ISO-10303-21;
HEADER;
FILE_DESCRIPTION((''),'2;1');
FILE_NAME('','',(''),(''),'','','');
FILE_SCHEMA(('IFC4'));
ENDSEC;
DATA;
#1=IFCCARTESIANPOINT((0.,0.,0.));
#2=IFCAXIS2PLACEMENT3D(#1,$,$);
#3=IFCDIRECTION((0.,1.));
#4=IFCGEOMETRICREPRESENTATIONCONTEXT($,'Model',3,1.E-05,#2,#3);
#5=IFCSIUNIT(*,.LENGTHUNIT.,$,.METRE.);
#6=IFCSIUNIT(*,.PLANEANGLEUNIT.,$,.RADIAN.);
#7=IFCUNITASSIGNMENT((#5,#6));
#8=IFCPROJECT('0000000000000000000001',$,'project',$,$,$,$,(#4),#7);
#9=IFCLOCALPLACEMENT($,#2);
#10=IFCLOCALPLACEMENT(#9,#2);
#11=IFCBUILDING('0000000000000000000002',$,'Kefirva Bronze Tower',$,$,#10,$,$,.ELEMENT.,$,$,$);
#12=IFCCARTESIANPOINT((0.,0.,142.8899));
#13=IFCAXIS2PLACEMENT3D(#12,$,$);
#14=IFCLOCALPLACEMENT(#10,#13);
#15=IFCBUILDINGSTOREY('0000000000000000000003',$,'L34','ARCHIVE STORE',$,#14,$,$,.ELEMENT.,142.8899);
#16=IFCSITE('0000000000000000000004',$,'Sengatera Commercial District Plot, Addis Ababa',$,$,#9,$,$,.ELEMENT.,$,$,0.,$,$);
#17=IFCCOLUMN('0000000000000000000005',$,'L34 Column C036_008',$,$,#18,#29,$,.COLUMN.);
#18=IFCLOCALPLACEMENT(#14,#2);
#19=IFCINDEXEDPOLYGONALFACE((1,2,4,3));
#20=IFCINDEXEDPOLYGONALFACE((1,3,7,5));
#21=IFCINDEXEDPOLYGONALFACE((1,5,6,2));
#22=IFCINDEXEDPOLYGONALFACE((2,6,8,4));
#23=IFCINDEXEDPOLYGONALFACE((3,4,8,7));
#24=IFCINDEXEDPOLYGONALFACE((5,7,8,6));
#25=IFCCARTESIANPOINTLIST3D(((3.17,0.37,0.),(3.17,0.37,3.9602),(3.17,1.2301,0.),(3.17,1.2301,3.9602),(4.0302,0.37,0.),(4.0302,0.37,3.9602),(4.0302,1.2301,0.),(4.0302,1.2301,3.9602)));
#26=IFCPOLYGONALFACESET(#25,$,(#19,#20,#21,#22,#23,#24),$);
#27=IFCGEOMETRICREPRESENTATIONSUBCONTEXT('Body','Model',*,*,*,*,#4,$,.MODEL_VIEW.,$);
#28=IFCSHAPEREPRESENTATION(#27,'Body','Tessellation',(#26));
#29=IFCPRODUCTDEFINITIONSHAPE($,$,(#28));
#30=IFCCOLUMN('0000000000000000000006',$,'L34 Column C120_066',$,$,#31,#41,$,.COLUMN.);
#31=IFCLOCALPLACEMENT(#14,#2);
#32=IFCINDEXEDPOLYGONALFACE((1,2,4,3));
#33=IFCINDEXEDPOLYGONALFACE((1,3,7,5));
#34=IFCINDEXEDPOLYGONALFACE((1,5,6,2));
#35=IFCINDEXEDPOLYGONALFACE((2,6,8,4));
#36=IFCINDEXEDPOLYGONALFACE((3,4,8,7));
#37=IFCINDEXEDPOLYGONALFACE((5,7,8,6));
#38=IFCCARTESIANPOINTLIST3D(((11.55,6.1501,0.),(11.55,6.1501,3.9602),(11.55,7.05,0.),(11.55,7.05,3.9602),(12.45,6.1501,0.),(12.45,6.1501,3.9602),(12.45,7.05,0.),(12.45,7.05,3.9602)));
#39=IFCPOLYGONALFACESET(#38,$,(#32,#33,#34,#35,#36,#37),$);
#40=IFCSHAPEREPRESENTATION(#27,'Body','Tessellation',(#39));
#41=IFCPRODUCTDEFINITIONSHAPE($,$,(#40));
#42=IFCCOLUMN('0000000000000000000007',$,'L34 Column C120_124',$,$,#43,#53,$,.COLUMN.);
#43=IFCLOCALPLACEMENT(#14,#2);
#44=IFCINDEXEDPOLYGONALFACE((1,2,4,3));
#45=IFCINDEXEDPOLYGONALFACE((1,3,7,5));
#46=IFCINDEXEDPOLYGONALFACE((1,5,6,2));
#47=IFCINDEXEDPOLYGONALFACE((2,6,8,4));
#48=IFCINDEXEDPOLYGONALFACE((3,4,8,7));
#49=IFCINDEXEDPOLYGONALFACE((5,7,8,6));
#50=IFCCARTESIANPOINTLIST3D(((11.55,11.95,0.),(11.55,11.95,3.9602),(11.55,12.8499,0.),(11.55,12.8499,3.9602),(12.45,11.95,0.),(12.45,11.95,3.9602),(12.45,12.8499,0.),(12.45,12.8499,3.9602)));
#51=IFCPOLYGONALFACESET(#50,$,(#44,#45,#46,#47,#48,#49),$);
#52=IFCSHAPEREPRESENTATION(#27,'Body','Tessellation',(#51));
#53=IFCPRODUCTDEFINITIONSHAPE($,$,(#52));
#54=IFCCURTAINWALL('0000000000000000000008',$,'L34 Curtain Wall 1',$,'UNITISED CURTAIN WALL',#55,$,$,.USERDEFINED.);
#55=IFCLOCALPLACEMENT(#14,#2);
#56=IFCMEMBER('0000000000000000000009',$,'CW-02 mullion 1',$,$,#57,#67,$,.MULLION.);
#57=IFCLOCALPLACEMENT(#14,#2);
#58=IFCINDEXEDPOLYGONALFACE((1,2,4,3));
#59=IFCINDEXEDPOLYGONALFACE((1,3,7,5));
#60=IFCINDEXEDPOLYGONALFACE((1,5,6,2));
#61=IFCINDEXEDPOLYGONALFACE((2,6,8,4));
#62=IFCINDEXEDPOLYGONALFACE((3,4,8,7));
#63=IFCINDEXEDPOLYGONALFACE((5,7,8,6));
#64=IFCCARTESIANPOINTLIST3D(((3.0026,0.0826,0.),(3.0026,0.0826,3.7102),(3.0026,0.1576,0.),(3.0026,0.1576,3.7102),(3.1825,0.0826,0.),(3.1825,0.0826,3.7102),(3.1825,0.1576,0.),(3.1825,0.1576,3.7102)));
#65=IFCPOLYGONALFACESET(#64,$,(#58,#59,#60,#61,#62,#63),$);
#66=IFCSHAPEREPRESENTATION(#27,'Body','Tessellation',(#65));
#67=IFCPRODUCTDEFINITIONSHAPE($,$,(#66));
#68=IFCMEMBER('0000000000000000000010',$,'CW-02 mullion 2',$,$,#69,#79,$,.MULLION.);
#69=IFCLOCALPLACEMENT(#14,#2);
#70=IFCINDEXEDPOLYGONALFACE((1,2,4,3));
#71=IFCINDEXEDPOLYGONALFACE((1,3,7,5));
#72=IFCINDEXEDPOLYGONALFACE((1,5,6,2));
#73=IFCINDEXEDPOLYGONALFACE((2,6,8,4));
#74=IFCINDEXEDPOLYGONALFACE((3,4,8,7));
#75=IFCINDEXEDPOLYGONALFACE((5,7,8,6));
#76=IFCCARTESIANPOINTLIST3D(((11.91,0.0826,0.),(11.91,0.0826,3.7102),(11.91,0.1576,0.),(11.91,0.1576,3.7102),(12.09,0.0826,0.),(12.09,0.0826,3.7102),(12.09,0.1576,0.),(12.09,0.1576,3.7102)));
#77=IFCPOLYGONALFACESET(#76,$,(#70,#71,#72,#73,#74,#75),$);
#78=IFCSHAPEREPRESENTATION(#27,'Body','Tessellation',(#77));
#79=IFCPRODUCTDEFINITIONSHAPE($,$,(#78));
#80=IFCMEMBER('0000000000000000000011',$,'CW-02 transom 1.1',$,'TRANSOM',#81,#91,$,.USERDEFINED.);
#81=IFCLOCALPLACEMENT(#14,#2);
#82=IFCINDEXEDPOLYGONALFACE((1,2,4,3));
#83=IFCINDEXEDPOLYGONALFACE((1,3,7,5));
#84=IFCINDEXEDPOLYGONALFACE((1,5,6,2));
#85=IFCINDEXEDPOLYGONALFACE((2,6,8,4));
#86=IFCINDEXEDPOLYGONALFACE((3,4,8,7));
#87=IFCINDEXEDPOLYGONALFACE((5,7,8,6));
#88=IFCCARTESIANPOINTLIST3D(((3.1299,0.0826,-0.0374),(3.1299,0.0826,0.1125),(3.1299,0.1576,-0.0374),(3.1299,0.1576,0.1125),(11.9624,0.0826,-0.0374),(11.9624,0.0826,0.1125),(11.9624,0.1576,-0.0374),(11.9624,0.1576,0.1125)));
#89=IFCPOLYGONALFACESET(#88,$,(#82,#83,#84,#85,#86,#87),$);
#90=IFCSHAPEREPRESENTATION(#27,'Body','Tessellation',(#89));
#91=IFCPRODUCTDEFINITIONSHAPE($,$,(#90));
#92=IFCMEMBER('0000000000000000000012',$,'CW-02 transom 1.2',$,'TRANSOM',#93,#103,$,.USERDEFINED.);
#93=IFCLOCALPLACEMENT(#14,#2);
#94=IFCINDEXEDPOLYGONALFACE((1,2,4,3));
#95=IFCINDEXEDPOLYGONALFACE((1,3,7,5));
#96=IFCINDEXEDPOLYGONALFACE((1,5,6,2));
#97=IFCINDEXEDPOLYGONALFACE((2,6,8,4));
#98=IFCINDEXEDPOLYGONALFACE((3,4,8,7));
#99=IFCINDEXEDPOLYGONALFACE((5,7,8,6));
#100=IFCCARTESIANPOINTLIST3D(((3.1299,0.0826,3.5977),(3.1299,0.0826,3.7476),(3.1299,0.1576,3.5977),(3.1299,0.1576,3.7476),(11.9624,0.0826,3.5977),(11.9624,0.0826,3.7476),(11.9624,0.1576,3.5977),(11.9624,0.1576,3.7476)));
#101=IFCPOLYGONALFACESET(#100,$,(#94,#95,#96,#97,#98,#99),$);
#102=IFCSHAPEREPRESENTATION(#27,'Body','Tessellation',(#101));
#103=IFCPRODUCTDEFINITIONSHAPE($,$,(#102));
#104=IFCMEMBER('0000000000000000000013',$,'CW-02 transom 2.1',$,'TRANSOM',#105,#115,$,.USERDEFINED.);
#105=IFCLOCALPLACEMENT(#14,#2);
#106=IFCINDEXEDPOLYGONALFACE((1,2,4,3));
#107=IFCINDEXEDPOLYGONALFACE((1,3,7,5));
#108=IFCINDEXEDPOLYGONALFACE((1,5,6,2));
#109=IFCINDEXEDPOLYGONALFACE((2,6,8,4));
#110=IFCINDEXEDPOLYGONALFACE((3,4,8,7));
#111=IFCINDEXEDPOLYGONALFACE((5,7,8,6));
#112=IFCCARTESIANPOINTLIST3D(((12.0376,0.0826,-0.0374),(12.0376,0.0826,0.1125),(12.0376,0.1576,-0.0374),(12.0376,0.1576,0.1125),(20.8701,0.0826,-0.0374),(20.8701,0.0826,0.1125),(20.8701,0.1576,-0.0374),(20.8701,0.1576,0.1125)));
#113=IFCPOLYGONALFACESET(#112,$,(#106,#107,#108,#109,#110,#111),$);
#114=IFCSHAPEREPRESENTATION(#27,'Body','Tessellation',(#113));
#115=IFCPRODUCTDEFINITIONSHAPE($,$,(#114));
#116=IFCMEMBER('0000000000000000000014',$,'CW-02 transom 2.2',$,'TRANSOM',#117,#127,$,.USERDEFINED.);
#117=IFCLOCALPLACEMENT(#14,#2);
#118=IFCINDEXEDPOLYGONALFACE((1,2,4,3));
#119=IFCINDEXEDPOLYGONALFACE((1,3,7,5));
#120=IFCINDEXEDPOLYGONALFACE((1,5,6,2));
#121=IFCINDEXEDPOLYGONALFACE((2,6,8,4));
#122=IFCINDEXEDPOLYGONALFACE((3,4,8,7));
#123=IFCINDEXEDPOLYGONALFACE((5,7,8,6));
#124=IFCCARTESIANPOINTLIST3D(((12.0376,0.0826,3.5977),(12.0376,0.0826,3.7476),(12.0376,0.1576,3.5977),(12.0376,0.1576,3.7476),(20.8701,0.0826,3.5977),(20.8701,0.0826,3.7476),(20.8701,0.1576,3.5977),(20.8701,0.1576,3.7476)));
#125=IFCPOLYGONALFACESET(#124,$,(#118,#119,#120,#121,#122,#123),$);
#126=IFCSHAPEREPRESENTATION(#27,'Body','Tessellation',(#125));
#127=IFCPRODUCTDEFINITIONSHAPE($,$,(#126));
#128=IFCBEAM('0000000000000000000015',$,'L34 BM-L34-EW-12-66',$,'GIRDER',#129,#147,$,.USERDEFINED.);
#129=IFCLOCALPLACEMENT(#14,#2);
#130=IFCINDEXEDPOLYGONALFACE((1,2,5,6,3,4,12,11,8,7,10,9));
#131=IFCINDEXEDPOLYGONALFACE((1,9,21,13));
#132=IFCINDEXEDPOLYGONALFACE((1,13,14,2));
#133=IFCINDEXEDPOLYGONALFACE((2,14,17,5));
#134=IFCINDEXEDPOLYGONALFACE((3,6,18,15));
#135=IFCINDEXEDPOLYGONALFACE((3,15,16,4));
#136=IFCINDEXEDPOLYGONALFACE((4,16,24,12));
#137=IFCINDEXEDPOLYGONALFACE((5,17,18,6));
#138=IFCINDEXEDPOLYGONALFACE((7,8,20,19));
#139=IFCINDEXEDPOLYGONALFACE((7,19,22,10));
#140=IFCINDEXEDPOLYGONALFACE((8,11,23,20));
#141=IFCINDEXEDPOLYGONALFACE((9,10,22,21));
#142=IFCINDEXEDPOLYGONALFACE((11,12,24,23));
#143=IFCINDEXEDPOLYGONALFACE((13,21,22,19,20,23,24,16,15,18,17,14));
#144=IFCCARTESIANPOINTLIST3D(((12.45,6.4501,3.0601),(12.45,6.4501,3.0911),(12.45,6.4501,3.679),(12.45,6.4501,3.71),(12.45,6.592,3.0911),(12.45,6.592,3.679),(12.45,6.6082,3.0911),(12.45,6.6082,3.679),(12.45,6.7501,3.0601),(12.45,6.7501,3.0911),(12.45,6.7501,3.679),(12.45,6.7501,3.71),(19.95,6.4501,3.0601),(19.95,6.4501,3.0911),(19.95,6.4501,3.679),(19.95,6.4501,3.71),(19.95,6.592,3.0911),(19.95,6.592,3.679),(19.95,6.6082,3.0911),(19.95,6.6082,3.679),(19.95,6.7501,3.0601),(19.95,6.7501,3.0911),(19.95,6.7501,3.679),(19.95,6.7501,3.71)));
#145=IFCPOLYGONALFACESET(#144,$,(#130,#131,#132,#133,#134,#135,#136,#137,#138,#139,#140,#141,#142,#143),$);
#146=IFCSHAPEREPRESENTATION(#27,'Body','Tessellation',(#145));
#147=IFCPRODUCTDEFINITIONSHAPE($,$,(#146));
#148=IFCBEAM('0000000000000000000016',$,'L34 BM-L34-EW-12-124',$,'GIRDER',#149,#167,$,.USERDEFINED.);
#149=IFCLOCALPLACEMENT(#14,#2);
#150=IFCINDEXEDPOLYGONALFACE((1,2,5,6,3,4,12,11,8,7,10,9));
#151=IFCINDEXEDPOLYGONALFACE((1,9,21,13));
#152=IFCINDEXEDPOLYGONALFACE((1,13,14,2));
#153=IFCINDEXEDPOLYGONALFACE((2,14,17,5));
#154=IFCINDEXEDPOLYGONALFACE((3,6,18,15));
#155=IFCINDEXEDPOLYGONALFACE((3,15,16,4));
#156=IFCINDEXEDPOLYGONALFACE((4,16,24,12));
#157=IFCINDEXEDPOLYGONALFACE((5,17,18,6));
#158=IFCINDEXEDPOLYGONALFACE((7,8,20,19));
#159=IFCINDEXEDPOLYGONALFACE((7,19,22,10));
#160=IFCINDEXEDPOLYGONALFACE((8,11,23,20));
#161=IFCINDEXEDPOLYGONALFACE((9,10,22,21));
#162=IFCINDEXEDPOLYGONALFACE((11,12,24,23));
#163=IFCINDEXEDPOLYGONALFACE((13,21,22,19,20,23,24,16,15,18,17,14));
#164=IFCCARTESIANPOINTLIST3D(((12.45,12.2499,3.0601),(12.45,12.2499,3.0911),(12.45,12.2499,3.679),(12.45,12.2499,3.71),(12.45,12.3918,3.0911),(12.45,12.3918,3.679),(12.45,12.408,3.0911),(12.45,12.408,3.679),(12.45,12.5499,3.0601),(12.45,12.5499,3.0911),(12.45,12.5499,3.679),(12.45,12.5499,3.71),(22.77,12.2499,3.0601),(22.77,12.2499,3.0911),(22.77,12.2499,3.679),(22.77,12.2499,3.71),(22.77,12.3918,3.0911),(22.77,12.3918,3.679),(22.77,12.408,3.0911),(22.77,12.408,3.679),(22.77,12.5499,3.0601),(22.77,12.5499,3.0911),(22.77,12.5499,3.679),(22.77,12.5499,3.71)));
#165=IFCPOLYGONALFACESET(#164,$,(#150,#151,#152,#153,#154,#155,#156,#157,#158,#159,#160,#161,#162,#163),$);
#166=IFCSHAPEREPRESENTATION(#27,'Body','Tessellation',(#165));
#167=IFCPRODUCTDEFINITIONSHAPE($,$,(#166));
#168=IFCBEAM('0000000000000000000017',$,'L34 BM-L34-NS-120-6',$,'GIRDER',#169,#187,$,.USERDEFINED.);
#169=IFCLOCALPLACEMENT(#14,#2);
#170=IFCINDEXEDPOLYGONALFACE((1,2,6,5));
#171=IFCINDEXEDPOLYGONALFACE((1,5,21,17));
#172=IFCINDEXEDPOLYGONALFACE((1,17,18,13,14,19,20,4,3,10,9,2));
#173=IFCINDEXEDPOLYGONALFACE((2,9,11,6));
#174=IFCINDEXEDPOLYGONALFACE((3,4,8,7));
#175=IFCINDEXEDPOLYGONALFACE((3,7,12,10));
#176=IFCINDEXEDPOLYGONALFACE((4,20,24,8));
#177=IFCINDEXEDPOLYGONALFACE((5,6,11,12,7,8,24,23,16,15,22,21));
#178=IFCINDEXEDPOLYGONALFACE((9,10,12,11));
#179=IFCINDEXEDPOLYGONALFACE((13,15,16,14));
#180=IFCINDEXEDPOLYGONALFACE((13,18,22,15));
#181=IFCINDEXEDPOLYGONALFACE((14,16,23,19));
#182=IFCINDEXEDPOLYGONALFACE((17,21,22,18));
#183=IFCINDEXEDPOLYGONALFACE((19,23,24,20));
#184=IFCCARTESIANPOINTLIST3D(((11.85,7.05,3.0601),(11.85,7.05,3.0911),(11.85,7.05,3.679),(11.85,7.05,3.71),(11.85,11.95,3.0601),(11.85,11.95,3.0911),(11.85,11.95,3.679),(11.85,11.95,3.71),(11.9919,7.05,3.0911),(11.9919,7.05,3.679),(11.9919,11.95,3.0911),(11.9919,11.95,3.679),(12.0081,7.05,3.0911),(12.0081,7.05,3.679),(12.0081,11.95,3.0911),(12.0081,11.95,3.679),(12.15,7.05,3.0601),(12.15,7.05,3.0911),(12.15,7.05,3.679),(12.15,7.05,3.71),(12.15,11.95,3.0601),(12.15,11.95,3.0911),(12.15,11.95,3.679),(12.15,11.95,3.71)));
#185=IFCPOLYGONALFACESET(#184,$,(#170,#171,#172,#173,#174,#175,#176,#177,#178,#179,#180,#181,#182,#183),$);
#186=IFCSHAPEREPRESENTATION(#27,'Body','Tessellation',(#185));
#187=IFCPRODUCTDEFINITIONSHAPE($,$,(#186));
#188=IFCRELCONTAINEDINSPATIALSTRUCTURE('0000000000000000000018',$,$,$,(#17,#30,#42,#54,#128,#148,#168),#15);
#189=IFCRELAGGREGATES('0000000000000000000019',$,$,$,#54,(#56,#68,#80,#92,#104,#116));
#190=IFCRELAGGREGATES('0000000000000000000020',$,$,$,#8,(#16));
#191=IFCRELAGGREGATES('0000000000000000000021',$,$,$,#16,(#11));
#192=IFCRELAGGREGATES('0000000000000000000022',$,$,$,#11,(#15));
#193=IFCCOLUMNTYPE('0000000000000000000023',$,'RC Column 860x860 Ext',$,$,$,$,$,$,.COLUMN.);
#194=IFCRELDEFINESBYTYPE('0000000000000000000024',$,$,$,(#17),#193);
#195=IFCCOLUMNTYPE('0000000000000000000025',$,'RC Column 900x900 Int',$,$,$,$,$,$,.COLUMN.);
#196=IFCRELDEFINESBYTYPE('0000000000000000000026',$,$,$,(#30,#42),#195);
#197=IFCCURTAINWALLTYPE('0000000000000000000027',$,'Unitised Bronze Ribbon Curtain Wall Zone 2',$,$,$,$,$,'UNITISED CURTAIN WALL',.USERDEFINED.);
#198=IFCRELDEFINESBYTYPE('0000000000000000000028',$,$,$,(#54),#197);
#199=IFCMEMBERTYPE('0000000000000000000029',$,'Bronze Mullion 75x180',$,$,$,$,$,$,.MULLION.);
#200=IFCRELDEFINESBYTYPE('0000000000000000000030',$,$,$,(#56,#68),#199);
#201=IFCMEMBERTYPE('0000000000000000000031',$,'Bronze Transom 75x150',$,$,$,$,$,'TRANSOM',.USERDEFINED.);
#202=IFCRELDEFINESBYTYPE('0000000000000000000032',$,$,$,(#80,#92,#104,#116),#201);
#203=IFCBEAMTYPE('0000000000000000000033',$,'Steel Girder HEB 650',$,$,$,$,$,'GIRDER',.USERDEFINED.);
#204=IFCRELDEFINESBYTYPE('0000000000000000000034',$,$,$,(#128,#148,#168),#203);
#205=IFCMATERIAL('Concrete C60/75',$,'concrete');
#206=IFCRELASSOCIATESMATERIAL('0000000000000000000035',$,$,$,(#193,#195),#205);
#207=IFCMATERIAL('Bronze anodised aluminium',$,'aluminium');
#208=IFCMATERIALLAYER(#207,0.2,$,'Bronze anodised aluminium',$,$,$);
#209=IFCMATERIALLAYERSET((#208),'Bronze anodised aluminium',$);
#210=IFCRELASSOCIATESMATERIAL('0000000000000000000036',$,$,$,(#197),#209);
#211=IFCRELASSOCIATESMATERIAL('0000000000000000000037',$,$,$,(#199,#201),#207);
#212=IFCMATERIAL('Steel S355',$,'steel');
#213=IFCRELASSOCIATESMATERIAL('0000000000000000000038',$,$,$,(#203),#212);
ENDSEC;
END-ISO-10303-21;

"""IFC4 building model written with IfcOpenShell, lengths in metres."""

from ifc_helpers import new_model, si_unit, direction, frame, origin, origin_2d, place, context, subcontext, project, spatial, rectangle, i_section, extrude, material, layer, layer_set, material_profile, profile_set, type_object, element, aggregate, save


model = new_model("IFC4")

# Units and contexts
model_context = context("Model", 3, precision=1e-05, world=origin(), true_north=direction((0.0, 1.0)))
body_context = subcontext(model_context, "Body", "Model", "MODEL_VIEW")
ifc_project = project(units=[si_unit("LENGTHUNIT", "METRE"), si_unit("PLANEANGLEUNIT", "RADIAN")], contexts=[model_context])

# Site, building, storey
site_placement = place(None, origin())
site = spatial("IfcSite", under=ifc_project, at=site_placement, Name="Sengatera Commercial District Plot, Addis Ababa", CompositionType="ELEMENT", RefElevation=0.0)
building_placement = place(site_placement, origin())
building = spatial("IfcBuilding", under=site, at=building_placement, Name="Kefirva Bronze Tower", CompositionType="ELEMENT")
storey_placement = place(building_placement, frame((0.0, 0.0, 142.8899)))
storey = spatial("IfcBuildingStorey", under=building, at=storey_placement, Name="L34", Description="ARCHIVE STORE", CompositionType="ELEMENT", Elevation=142.8899)

# Columns
ifc_material_1 = material(Name="Concrete C60/75", Category="concrete")
ifc_material_profile_1 = material_profile(ifc_material_1, rectangle(XDim=0.8601, YDim=0.8601, at=origin_2d()), Name="RC 860x860")
ifc_profile_set_1 = profile_set([ifc_material_profile_1], Name="Concrete C60/75")
column_type_1 = type_object("IfcColumnType", Name="RC Column 860x860 Ext", PredefinedType="COLUMN", material=ifc_profile_set_1)
column_placement = place(storey_placement, frame((3.6001, 0.8, 0.0), z_axis=(0.0, 0.0, 1.0), x_axis=(1.0, 0.0, 0.0)))
element("IfcColumn", 1, at=column_placement, inside=storey, type_object=column_type_1, Name="L34 Column C036_008", PredefinedType="COLUMN", context=body_context, shape_type="SweptSolid", body=[
    extrude(rectangle(XDim=0.8601, YDim=0.8601, at=origin_2d()), origin(), (0.0, 0.0, 1.0), 3.9602),
])
ifc_material_profile_2 = material_profile(ifc_material_1, rectangle(XDim=0.8999, YDim=0.8999, at=origin_2d()), Name="RC 900x900")
ifc_profile_set_2 = profile_set([ifc_material_profile_2], Name="Concrete C60/75")
column_type_2 = type_object("IfcColumnType", Name="RC Column 900x900 Int", PredefinedType="COLUMN", material=ifc_profile_set_2)
for number, where, z_axis, x_axis, name in (
    (2, (12.0, 6.6001, 0.0), (0.0, 0.0, 1.0), (1.0, 0.0, 0.0), "L34 Column C120_066"),
    (3, (12.0, 12.3999, 0.0), (0.0, 0.0, 1.0), (1.0, 0.0, 0.0), "L34 Column C120_124"),
):
    element("IfcColumn", number, at=place(storey_placement, frame(where, z_axis=z_axis, x_axis=x_axis)), inside=storey, type_object=column_type_2, Name=name, PredefinedType="COLUMN", context=body_context, shape_type="SweptSolid", body=[
        extrude(rectangle(XDim=0.8999, YDim=0.8999, at=origin_2d()), origin(), (0.0, 0.0, 1.0), 3.9602),
    ])

# Curtain wall, members
ifc_material_2 = material(Name="Bronze anodised aluminium", Category="aluminium")
ifc_layer_1 = layer(ifc_material_2, 0.2, Name="Bronze anodised aluminium")
ifc_layer_set_1 = layer_set([ifc_layer_1], Name="Bronze anodised aluminium")
curtain_wall_type = type_object("IfcCurtainWallType", Name="Unitised Bronze Ribbon Curtain Wall Zone 2", ElementType="UNITISED CURTAIN WALL", PredefinedType="USERDEFINED", material=ifc_layer_set_1)
curtain_wall_placement = place(storey_placement, origin())
curtain_wall = element("IfcCurtainWall", 4, at=curtain_wall_placement, inside=storey, type_object=curtain_wall_type, Name="L34 Curtain Wall 1", ObjectType="UNITISED CURTAIN WALL", PredefinedType="USERDEFINED")
ifc_material_profile_3 = material_profile(ifc_material_2, rectangle(XDim=0.075, YDim=0.1799, at=origin_2d()), Name="ALU 75x180")
ifc_profile_set_3 = profile_set([ifc_material_profile_3], Name="Bronze anodised aluminium")
member_type_1 = type_object("IfcMemberType", Name="Bronze Mullion 75x180", PredefinedType="MULLION", material=ifc_profile_set_3)
member_1_placement = place(storey_placement, frame((3.0925, 0.1201, 0.0), z_axis=(0.0, 0.0, 1.0), x_axis=(0.0, 1.0, 0.0)))
member_1 = element("IfcMember", 5, at=member_1_placement, type_object=member_type_1, Name="CW-02 mullion 1", PredefinedType="MULLION", context=body_context, shape_type="SweptSolid", body=[
    extrude(rectangle(XDim=0.075, YDim=0.1799, at=origin_2d()), origin(), (0.0, 0.0, 1.0), 3.7102),
])
member_2_placement = place(storey_placement, frame((12.0, 0.1201, 0.0), z_axis=(0.0, 0.0, 1.0), x_axis=(0.0, 1.0, 0.0)))
member_2 = element("IfcMember", 6, at=member_2_placement, type_object=member_type_1, Name="CW-02 mullion 2", PredefinedType="MULLION", context=body_context, shape_type="SweptSolid", body=[
    extrude(rectangle(XDim=0.075, YDim=0.1799, at=origin_2d()), origin(), (0.0, 0.0, 1.0), 3.7102),
])
ifc_material_profile_4 = material_profile(ifc_material_2, rectangle(XDim=0.075, YDim=0.1499, at=origin_2d()), Name="ALU 75x150")
ifc_profile_set_4 = profile_set([ifc_material_profile_4], Name="Bronze anodised aluminium")
member_type_2 = type_object("IfcMemberType", Name="Bronze Transom 75x150", ElementType="TRANSOM", PredefinedType="USERDEFINED", material=ifc_profile_set_4)
member_3_placement = place(storey_placement, frame((3.1299, 0.1201, 0.0376), z_axis=(1.0, 0.0, 0.0), x_axis=(0.0, 1.0, 0.0)))
member_3 = element("IfcMember", 7, at=member_3_placement, type_object=member_type_2, Name="CW-02 transom 1.1", ObjectType="TRANSOM", PredefinedType="USERDEFINED", context=body_context, shape_type="SweptSolid", body=[
    extrude(rectangle(XDim=0.075, YDim=0.1499, at=origin_2d()), origin(), (0.0, 0.0, 1.0), 8.8325),
])
member_4_placement = place(storey_placement, frame((3.1299, 0.1201, 3.6726), z_axis=(1.0, 0.0, 0.0), x_axis=(0.0, 1.0, 0.0)))
member_4 = element("IfcMember", 8, at=member_4_placement, type_object=member_type_2, Name="CW-02 transom 1.2", ObjectType="TRANSOM", PredefinedType="USERDEFINED", context=body_context, shape_type="SweptSolid", body=[
    extrude(rectangle(XDim=0.075, YDim=0.1499, at=origin_2d()), origin(), (0.0, 0.0, 1.0), 8.8325),
])
member_5_placement = place(storey_placement, frame((12.0376, 0.1201, 0.0376), z_axis=(1.0, 0.0, 0.0), x_axis=(0.0, 1.0, 0.0)))
member_5 = element("IfcMember", 9, at=member_5_placement, type_object=member_type_2, Name="CW-02 transom 2.1", ObjectType="TRANSOM", PredefinedType="USERDEFINED", context=body_context, shape_type="SweptSolid", body=[
    extrude(rectangle(XDim=0.075, YDim=0.1499, at=origin_2d()), origin(), (0.0, 0.0, 1.0), 8.8325),
])
member_6_placement = place(storey_placement, frame((12.0376, 0.1201, 3.6726), z_axis=(1.0, 0.0, 0.0), x_axis=(0.0, 1.0, 0.0)))
member_6 = element("IfcMember", 10, at=member_6_placement, type_object=member_type_2, Name="CW-02 transom 2.2", ObjectType="TRANSOM", PredefinedType="USERDEFINED", context=body_context, shape_type="SweptSolid", body=[
    extrude(rectangle(XDim=0.075, YDim=0.1499, at=origin_2d()), origin(), (0.0, 0.0, 1.0), 8.8325),
])

# Beams
ifc_material_3 = material(Name="Steel S355", Category="steel")
ifc_material_profile_5 = material_profile(ifc_material_3, i_section(OverallWidth=0.3, OverallDepth=0.6499, WebThickness=0.0161, FlangeThickness=0.031, at=origin_2d()), Name="HEB 650")
ifc_profile_set_5 = profile_set([ifc_material_profile_5], Name="Steel S355")
beam_type_1 = type_object("IfcBeamType", Name="Steel Girder HEB 650", ElementType="GIRDER", PredefinedType="USERDEFINED", material=ifc_profile_set_5)
beam_1_placement = place(storey_placement, frame((12.45, 6.6001, 3.385), z_axis=(1.0, 0.0, 0.0), x_axis=(0.0, 1.0, 0.0)))
element("IfcBeam", 11, at=beam_1_placement, inside=storey, type_object=beam_type_1, Name="L34 BM-L34-EW-12-66", ObjectType="GIRDER", PredefinedType="USERDEFINED", context=body_context, shape_type="SweptSolid", body=[
    extrude(i_section(OverallWidth=0.3, OverallDepth=0.6499, WebThickness=0.0161, FlangeThickness=0.031, at=origin_2d()), origin(), (0.0, 0.0, 1.0), 7.5),
])
beam_2_placement = place(storey_placement, frame((12.45, 12.3999, 3.385), z_axis=(1.0, 0.0, 0.0), x_axis=(0.0, 1.0, 0.0)))
element("IfcBeam", 12, at=beam_2_placement, inside=storey, type_object=beam_type_1, Name="L34 BM-L34-EW-12-124", ObjectType="GIRDER", PredefinedType="USERDEFINED", context=body_context, shape_type="SweptSolid", body=[
    extrude(i_section(OverallWidth=0.3, OverallDepth=0.6499, WebThickness=0.0161, FlangeThickness=0.031, at=origin_2d()), origin(), (0.0, 0.0, 1.0), 10.3201),
])
beam_3_placement = place(storey_placement, frame((12.0, 7.05, 3.385), z_axis=(0.0, 1.0, 0.0), x_axis=(-1.0, 0.0, 0.0)))
element("IfcBeam", 13, at=beam_3_placement, inside=storey, type_object=beam_type_1, Name="L34 BM-L34-NS-120-6", ObjectType="GIRDER", PredefinedType="USERDEFINED", context=body_context, shape_type="SweptSolid", body=[
    extrude(i_section(OverallWidth=0.3, OverallDepth=0.6499, WebThickness=0.0161, FlangeThickness=0.031, at=origin_2d()), origin(), (0.0, 0.0, 1.0), 4.8999),
])

aggregate(curtain_wall, [member_1, member_2, member_3, member_4, member_5, member_6])

save(model, "model.ifc")
